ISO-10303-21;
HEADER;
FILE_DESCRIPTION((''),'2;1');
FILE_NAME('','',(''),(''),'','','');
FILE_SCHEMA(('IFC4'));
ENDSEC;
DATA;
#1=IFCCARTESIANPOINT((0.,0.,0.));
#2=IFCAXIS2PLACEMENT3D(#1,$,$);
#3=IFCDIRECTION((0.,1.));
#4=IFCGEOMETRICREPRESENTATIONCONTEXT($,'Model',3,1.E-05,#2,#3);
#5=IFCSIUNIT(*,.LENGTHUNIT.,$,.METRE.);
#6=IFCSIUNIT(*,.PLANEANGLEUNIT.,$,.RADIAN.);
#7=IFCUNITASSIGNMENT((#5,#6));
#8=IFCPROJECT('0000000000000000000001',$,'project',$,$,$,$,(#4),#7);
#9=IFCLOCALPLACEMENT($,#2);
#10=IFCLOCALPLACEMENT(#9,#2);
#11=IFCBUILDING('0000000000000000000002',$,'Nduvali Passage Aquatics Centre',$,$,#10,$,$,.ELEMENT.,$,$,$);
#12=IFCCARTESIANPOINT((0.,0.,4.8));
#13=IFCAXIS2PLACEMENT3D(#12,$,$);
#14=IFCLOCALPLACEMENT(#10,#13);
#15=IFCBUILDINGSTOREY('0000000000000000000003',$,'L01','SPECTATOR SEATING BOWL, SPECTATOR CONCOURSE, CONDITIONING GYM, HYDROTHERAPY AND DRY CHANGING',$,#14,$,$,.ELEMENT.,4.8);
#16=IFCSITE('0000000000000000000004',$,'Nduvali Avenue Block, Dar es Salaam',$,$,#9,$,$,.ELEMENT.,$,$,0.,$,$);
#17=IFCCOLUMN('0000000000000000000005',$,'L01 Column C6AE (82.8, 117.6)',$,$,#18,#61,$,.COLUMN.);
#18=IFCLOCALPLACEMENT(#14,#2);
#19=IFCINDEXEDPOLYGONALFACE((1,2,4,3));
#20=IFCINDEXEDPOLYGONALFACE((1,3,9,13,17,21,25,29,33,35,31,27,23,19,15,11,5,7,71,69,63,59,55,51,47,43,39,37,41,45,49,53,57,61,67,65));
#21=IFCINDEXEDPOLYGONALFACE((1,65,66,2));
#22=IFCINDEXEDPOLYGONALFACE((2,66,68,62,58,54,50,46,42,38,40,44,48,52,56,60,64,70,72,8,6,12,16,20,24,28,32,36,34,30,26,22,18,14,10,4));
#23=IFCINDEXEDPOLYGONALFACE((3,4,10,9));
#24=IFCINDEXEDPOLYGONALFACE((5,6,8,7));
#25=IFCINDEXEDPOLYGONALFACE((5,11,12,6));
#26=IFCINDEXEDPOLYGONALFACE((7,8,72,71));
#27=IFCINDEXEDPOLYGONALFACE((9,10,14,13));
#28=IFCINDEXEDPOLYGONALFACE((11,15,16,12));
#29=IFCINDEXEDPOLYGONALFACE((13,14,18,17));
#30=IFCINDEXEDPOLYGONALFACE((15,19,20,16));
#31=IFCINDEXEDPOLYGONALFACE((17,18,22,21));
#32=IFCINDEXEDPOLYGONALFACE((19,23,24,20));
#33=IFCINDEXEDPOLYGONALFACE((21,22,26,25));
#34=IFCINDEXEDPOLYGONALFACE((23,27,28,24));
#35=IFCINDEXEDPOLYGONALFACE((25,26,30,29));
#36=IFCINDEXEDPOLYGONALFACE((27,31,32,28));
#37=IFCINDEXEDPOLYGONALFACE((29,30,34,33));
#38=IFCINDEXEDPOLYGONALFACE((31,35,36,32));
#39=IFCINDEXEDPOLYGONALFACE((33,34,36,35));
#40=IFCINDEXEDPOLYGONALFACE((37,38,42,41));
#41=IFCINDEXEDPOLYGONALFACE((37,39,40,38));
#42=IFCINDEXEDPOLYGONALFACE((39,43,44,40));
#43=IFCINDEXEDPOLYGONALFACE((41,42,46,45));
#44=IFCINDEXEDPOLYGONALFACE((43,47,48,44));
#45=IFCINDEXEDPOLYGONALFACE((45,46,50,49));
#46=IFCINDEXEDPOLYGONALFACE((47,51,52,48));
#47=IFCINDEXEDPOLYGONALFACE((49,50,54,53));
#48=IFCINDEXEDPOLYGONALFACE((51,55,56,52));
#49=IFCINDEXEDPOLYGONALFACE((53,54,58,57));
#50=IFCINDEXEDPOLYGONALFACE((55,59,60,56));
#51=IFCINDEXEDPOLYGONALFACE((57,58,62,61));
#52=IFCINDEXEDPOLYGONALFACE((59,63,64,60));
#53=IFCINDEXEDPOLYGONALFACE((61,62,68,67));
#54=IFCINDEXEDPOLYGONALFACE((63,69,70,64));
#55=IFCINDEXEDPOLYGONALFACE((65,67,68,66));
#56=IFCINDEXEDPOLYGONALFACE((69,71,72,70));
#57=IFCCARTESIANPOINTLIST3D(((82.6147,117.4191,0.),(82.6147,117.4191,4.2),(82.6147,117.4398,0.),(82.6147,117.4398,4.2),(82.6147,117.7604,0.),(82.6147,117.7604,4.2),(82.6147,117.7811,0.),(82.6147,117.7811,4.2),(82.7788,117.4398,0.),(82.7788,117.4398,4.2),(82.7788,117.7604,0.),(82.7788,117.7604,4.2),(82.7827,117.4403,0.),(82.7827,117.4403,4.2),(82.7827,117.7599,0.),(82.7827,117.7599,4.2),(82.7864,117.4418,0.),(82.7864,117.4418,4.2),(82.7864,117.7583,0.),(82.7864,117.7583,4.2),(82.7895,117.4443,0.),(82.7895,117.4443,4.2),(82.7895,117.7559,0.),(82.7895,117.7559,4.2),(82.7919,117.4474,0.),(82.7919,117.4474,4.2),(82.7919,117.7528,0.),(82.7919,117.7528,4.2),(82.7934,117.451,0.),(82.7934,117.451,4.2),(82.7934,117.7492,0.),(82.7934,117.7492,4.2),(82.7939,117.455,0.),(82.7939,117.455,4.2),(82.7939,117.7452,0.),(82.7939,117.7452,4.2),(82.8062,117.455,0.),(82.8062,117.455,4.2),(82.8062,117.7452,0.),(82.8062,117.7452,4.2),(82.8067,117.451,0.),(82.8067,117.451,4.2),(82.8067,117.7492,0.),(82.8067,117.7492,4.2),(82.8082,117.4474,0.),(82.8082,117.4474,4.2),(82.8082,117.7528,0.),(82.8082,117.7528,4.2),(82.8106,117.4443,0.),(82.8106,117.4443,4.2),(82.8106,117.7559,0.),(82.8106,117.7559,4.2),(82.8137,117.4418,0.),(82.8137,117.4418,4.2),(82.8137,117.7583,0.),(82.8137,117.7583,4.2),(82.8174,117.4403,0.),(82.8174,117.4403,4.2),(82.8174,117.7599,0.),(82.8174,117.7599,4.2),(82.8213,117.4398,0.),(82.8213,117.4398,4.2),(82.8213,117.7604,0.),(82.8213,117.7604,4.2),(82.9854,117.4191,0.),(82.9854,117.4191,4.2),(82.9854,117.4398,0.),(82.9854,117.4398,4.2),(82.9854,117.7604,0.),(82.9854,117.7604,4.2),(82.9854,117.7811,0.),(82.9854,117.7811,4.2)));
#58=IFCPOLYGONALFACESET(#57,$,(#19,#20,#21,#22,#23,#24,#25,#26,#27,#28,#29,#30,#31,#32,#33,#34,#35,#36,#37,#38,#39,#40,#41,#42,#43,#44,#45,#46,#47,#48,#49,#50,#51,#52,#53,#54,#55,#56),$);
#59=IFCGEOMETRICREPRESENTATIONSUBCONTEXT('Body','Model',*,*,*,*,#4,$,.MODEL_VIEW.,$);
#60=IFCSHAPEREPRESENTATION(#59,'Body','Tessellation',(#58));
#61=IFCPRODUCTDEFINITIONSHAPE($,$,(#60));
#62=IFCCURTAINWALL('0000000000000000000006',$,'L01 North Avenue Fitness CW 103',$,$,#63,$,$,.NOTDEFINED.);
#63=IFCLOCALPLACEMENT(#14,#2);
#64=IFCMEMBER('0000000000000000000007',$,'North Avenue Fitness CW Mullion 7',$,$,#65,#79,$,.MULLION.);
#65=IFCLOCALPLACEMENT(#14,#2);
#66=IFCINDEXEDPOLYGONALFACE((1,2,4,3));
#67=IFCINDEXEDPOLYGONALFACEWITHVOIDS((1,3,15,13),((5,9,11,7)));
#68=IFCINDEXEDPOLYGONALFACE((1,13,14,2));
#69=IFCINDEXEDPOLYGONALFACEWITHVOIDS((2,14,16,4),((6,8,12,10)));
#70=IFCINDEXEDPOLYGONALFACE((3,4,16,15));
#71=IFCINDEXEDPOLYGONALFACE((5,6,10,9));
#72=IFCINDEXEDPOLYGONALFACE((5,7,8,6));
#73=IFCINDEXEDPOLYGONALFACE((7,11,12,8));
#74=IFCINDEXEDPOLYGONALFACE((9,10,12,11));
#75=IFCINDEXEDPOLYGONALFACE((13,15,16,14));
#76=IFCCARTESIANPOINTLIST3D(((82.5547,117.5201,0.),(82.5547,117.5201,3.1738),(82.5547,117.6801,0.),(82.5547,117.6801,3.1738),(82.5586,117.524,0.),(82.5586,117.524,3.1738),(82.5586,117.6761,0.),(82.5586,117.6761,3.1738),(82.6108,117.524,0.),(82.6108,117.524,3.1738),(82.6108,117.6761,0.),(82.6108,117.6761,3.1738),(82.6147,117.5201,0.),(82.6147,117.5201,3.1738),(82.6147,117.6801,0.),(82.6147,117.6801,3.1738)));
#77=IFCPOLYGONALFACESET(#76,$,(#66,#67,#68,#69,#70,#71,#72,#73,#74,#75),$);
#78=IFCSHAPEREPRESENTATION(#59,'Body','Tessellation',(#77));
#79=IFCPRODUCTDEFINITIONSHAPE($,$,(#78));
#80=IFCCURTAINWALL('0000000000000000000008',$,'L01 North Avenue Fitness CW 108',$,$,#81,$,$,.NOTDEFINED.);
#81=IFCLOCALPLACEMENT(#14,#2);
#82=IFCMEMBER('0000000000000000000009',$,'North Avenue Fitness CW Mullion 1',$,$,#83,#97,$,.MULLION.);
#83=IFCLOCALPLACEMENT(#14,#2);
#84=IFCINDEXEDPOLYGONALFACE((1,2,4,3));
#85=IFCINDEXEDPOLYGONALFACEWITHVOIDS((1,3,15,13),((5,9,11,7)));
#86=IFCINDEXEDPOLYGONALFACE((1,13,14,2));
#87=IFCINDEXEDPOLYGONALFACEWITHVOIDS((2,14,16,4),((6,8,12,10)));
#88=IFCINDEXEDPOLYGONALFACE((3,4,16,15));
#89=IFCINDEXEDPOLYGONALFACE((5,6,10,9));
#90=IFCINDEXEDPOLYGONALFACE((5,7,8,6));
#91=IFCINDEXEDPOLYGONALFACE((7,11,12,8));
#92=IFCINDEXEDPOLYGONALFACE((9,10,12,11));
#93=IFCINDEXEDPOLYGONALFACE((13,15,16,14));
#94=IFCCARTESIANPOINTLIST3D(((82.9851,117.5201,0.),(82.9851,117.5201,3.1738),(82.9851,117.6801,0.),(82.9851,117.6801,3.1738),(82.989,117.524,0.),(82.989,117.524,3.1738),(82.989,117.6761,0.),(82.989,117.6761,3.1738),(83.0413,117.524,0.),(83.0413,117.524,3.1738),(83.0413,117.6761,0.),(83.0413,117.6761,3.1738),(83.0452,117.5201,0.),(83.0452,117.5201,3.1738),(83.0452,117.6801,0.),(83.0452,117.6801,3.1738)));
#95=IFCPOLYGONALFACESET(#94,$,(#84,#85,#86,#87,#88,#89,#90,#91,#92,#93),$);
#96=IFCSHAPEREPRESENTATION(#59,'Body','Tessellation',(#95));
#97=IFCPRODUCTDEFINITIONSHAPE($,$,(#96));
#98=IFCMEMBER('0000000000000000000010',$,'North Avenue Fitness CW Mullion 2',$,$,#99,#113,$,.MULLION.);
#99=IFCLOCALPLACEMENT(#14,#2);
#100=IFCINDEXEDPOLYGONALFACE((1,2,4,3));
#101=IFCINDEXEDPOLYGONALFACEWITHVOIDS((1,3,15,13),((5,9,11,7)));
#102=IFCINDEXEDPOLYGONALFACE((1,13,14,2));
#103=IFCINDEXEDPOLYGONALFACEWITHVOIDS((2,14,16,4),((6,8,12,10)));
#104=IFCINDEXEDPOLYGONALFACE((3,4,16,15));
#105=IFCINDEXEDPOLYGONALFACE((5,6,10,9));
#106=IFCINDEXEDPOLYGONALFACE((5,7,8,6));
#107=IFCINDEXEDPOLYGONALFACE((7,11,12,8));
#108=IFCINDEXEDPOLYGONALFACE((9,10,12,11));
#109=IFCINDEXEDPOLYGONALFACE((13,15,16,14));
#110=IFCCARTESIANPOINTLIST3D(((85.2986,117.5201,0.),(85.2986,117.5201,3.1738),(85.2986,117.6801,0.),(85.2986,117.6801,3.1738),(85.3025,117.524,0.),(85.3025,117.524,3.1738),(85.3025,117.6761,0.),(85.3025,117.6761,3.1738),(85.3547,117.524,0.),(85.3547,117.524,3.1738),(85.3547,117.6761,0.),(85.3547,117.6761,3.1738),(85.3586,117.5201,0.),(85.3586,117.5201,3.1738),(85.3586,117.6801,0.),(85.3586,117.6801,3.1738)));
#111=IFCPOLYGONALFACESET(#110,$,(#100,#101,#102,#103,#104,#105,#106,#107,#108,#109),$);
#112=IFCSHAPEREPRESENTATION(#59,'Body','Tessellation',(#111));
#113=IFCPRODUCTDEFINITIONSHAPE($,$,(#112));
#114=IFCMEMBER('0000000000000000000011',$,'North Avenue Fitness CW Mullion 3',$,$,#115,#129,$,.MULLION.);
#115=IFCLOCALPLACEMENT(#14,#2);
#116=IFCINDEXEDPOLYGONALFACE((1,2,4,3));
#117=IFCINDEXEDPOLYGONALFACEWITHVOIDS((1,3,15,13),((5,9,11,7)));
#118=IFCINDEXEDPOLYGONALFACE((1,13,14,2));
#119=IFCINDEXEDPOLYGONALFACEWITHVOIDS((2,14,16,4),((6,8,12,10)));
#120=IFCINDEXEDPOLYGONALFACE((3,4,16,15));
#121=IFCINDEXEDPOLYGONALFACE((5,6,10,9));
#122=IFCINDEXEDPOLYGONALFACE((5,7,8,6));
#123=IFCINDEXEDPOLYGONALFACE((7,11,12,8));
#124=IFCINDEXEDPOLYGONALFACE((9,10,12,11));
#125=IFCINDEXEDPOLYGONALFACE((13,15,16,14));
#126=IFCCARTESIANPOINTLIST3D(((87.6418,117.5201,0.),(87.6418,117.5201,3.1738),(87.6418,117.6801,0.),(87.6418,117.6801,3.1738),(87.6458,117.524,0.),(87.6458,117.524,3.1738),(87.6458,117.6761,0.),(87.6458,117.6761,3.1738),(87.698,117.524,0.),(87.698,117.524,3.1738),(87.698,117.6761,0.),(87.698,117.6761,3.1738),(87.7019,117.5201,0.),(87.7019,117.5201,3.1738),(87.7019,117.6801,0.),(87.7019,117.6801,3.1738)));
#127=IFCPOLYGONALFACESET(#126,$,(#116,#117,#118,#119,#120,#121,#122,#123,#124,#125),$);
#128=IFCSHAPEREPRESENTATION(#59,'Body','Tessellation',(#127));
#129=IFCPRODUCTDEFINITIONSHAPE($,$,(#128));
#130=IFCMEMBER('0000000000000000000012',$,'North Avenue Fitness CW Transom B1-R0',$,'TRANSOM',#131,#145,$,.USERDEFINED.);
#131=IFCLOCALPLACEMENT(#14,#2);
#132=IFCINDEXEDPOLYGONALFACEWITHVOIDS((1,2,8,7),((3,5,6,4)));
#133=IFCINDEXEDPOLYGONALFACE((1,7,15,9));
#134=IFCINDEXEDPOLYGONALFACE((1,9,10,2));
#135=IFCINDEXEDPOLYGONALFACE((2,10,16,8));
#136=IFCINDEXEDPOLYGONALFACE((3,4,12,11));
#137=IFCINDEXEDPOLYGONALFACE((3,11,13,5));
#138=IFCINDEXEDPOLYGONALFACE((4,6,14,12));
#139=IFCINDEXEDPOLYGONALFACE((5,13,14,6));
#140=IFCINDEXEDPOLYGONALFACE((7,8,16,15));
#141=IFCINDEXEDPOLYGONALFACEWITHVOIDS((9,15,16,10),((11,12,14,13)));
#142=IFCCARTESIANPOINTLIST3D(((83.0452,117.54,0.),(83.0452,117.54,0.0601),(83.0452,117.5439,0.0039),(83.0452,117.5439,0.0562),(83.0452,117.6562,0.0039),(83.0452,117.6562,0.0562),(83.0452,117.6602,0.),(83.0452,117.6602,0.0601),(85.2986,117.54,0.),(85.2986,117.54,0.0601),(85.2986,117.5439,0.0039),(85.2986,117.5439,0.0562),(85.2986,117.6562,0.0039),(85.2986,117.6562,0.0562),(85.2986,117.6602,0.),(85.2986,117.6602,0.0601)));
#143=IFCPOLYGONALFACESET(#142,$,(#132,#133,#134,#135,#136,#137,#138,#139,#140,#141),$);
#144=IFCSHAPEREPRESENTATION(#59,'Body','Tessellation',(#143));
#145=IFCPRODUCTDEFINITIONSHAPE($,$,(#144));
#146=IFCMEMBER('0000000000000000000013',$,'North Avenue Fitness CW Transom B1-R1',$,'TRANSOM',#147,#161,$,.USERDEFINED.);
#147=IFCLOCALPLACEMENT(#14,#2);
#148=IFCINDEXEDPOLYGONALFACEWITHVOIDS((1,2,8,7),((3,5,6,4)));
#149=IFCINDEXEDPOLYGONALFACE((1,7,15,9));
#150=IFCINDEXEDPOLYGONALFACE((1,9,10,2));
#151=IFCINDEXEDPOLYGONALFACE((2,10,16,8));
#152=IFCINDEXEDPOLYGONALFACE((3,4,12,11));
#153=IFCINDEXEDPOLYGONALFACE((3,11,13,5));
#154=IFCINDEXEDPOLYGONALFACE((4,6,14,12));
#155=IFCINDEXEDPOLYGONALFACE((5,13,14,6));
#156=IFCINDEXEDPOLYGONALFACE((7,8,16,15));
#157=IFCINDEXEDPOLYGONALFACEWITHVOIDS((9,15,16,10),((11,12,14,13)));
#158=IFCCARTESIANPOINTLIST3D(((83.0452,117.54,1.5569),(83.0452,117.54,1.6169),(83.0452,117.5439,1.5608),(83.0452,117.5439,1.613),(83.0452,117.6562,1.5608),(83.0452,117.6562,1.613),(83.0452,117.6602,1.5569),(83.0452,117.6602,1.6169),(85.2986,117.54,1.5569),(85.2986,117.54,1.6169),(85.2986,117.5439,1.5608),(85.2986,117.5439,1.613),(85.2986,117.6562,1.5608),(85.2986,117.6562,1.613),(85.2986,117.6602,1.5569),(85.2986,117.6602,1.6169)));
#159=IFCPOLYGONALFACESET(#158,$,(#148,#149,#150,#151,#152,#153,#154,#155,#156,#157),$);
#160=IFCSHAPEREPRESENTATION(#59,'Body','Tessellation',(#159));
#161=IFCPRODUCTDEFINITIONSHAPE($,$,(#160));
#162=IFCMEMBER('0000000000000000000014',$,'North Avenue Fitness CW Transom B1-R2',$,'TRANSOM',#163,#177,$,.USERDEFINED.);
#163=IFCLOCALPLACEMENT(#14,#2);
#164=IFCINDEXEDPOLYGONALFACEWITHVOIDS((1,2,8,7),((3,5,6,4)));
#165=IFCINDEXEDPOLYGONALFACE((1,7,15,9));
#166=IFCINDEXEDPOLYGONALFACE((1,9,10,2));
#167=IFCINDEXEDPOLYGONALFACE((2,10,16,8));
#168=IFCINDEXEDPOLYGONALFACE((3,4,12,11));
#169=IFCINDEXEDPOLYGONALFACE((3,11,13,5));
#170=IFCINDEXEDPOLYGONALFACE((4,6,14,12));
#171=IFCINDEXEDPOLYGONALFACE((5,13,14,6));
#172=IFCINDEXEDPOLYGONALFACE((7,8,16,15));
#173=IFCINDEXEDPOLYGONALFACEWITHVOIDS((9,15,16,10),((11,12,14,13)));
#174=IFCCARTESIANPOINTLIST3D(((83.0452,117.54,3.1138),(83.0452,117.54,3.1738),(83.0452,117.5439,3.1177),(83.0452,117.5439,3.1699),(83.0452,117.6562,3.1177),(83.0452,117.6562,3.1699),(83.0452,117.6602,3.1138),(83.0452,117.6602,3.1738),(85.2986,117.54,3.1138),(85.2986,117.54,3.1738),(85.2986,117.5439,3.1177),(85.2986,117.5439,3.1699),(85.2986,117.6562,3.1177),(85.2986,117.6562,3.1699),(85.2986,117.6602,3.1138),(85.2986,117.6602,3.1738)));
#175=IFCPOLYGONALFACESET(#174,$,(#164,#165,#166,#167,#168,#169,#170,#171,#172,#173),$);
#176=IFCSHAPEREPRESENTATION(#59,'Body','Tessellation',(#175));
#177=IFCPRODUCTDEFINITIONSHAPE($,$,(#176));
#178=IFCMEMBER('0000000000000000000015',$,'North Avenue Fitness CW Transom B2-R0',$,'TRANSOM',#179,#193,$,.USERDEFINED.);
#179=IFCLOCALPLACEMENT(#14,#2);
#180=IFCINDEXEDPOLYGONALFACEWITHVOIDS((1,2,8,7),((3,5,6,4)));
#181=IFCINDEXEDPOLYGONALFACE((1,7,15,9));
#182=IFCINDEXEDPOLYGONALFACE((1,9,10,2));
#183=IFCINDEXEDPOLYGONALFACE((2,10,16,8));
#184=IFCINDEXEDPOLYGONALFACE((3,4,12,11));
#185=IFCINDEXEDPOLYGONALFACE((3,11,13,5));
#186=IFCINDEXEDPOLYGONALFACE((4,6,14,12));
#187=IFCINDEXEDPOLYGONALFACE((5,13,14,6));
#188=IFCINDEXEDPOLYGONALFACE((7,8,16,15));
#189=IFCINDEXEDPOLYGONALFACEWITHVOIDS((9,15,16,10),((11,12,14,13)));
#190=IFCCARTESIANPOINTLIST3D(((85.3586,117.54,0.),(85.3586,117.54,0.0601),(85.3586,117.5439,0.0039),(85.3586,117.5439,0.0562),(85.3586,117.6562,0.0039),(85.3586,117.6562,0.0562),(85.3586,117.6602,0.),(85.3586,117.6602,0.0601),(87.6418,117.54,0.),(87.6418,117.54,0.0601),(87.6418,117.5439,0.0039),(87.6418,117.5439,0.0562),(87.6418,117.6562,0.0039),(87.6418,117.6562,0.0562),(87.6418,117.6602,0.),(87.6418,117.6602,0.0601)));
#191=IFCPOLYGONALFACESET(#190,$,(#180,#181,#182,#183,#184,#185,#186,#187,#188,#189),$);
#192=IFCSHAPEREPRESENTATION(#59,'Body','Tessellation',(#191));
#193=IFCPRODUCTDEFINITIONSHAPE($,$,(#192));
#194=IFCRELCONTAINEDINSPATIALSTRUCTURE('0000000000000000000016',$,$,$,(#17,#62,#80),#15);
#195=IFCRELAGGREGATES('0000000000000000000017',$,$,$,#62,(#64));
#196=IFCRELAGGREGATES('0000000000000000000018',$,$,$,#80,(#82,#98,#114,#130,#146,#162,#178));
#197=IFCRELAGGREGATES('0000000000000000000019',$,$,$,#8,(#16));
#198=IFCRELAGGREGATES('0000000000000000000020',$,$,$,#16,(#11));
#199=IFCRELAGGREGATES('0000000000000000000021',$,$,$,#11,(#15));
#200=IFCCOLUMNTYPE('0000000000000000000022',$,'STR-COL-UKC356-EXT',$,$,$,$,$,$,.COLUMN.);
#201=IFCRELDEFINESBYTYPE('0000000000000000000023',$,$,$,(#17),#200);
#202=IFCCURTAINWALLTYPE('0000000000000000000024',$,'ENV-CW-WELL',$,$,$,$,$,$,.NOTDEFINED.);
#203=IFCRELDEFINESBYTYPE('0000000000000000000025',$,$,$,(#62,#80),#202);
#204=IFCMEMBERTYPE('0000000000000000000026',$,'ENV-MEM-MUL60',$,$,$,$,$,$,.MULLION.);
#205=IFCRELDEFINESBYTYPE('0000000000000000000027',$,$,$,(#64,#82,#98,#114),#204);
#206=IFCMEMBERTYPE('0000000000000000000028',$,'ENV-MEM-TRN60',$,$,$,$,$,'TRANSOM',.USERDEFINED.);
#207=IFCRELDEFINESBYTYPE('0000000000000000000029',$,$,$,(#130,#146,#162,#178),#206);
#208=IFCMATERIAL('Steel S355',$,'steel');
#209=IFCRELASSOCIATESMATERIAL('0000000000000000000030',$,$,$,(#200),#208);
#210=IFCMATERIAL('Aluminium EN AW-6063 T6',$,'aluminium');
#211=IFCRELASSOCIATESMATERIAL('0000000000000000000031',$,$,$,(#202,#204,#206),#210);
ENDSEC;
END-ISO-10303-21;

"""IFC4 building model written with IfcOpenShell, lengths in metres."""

from ifc_helpers import new_model, si_unit, direction, frame, origin, origin_2d, place, context, subcontext, project, spatial, hollow_rectangle, i_section, extrude, material, material_profile, profile_set, type_object, element, aggregate, save


model = new_model("IFC4")

# Units and contexts
model_context = context("Model", 3, precision=1e-05, world=origin(), true_north=direction((0.0, 1.0)))
body_context = subcontext(model_context, "Body", "Model", "MODEL_VIEW")
ifc_project = project(units=[si_unit("LENGTHUNIT", "METRE"), si_unit("PLANEANGLEUNIT", "RADIAN")], contexts=[model_context])

# Site, building, storey
site_placement = place(None, origin())
site = spatial("IfcSite", under=ifc_project, at=site_placement, Name="Nduvali Avenue Block, Dar es Salaam", CompositionType="ELEMENT", RefElevation=0.0)
building_placement = place(site_placement, origin())
building = spatial("IfcBuilding", under=site, at=building_placement, Name="Nduvali Passage Aquatics Centre", CompositionType="ELEMENT")
storey_placement = place(building_placement, frame((0.0, 0.0, 4.8)))
storey = spatial("IfcBuildingStorey", under=building, at=storey_placement, Name="L01", Description="SPECTATOR SEATING BOWL, SPECTATOR CONCOURSE, CONDITIONING GYM, HYDROTHERAPY AND DRY CHANGING", CompositionType="ELEMENT", Elevation=4.8)

# Column
ifc_material_1 = material(Name="Steel S355", Category="steel")
ifc_material_profile_1 = material_profile(ifc_material_1, i_section(OverallWidth=0.3706, OverallDepth=0.3621, WebThickness=0.0122, FlangeThickness=0.0208, FilletRadius=0.0151, at=origin_2d()), Name="UKC 356x368x153")
ifc_profile_set_1 = profile_set([ifc_material_profile_1], Name="Steel S355")
column_type = type_object("IfcColumnType", Name="STR-COL-UKC356-EXT", PredefinedType="COLUMN", material=ifc_profile_set_1)
column_placement = place(storey_placement, frame((82.8, 117.6001, 0.0), z_axis=(0.0, 0.0, 1.0), x_axis=(1.0, 0.0, 0.0)))
element("IfcColumn", 1, at=column_placement, inside=storey, type_object=column_type, Name="L01 Column C6AE (82.8, 117.6)", PredefinedType="COLUMN", context=body_context, shape_type="SweptSolid", body=[
    extrude(i_section(OverallWidth=0.3706, OverallDepth=0.3621, WebThickness=0.0122, FlangeThickness=0.0208, FilletRadius=0.0151, at=origin_2d()), origin(), (0.0, 0.0, 1.0), 4.2),
])

# Curtain wall, member
ifc_material_2 = material(Name="Aluminium EN AW-6063 T6", Category="aluminium")
curtain_wall_type = type_object("IfcCurtainWallType", Name="ENV-CW-WELL", PredefinedType="NOTDEFINED", material=ifc_material_2)
curtain_wall_1_placement = place(storey_placement, origin())
curtain_wall_1 = element("IfcCurtainWall", 2, at=curtain_wall_1_placement, inside=storey, type_object=curtain_wall_type, Name="L01 North Avenue Fitness CW 103", PredefinedType="NOTDEFINED")
ifc_material_profile_2 = material_profile(ifc_material_2, hollow_rectangle(XDim=0.0601, YDim=0.1599, WallThickness=0.0039, at=origin_2d()), Name="ALU MULLION 60x160x4")
ifc_profile_set_2 = profile_set([ifc_material_profile_2], Name="Aluminium EN AW-6063 T6")
member_type_1 = type_object("IfcMemberType", Name="ENV-MEM-MUL60", PredefinedType="MULLION", material=ifc_profile_set_2)
member_1_placement = place(storey_placement, frame((82.5847, 117.6001, 0.0), z_axis=(0.0, 0.0, 1.0), x_axis=(1.0, 0.0, 0.0)))
member_1 = element("IfcMember", 3, at=member_1_placement, type_object=member_type_1, Name="North Avenue Fitness CW Mullion 7", PredefinedType="MULLION", context=body_context, shape_type="SweptSolid", body=[
    extrude(hollow_rectangle(XDim=0.0601, YDim=0.1599, WallThickness=0.0039, at=origin_2d()), origin(), (0.0, 0.0, 1.0), 3.1738),
])
aggregate(curtain_wall_1, [member_1])

# Curtain wall, members
curtain_wall_2_placement = place(storey_placement, origin())
curtain_wall_2 = element("IfcCurtainWall", 4, at=curtain_wall_2_placement, inside=storey, type_object=curtain_wall_type, Name="L01 North Avenue Fitness CW 108", PredefinedType="NOTDEFINED")
member_2_placement = place(storey_placement, frame((83.0151, 117.6001, 0.0), z_axis=(0.0, 0.0, 1.0), x_axis=(1.0, 0.0, 0.0)))
member_2 = element("IfcMember", 5, at=member_2_placement, type_object=member_type_1, Name="North Avenue Fitness CW Mullion 1", PredefinedType="MULLION", context=body_context, shape_type="SweptSolid", body=[
    extrude(hollow_rectangle(XDim=0.0601, YDim=0.1599, WallThickness=0.0039, at=origin_2d()), origin(), (0.0, 0.0, 1.0), 3.1738),
])
member_3_placement = place(storey_placement, frame((85.3286, 117.6001, 0.0), z_axis=(0.0, 0.0, 1.0), x_axis=(1.0, 0.0, 0.0)))
member_3 = element("IfcMember", 6, at=member_3_placement, type_object=member_type_1, Name="North Avenue Fitness CW Mullion 2", PredefinedType="MULLION", context=body_context, shape_type="SweptSolid", body=[
    extrude(hollow_rectangle(XDim=0.0601, YDim=0.1599, WallThickness=0.0039, at=origin_2d()), origin(), (0.0, 0.0, 1.0), 3.1738),
])
member_4_placement = place(storey_placement, frame((87.6719, 117.6001, 0.0), z_axis=(0.0, 0.0, 1.0), x_axis=(1.0, 0.0, 0.0)))
member_4 = element("IfcMember", 7, at=member_4_placement, type_object=member_type_1, Name="North Avenue Fitness CW Mullion 3", PredefinedType="MULLION", context=body_context, shape_type="SweptSolid", body=[
    extrude(hollow_rectangle(XDim=0.0601, YDim=0.1599, WallThickness=0.0039, at=origin_2d()), origin(), (0.0, 0.0, 1.0), 3.1738),
])
ifc_material_profile_3 = material_profile(ifc_material_2, hollow_rectangle(XDim=0.1201, YDim=0.0601, WallThickness=0.0039, at=origin_2d()), Name="ALU TRANSOM 120x60x4")
ifc_profile_set_3 = profile_set([ifc_material_profile_3], Name="Aluminium EN AW-6063 T6")
member_type_2 = type_object("IfcMemberType", Name="ENV-MEM-TRN60", ElementType="TRANSOM", PredefinedType="USERDEFINED", material=ifc_profile_set_3)
member_5_placement = place(storey_placement, frame((83.0452, 117.6001, 0.03), z_axis=(1.0, 0.0, 0.0), x_axis=(0.0, 1.0, 0.0)))
member_5 = element("IfcMember", 8, at=member_5_placement, type_object=member_type_2, Name="North Avenue Fitness CW Transom B1-R0", ObjectType="TRANSOM", PredefinedType="USERDEFINED", context=body_context, shape_type="SweptSolid", body=[
    extrude(hollow_rectangle(XDim=0.1201, YDim=0.0601, WallThickness=0.0039, at=origin_2d()), origin(), (0.0, 0.0, 1.0), 2.2534),
])
member_6_placement = place(storey_placement, frame((83.0452, 117.6001, 1.5869), z_axis=(1.0, 0.0, 0.0), x_axis=(0.0, 1.0, 0.0)))
member_6 = element("IfcMember", 9, at=member_6_placement, type_object=member_type_2, Name="North Avenue Fitness CW Transom B1-R1", ObjectType="TRANSOM", PredefinedType="USERDEFINED", context=body_context, shape_type="SweptSolid", body=[
    extrude(hollow_rectangle(XDim=0.1201, YDim=0.0601, WallThickness=0.0039, at=origin_2d()), origin(), (0.0, 0.0, 1.0), 2.2534),
])
member_7_placement = place(storey_placement, frame((83.0452, 117.6001, 3.1438), z_axis=(1.0, 0.0, 0.0), x_axis=(0.0, 1.0, 0.0)))
member_7 = element("IfcMember", 10, at=member_7_placement, type_object=member_type_2, Name="North Avenue Fitness CW Transom B1-R2", ObjectType="TRANSOM", PredefinedType="USERDEFINED", context=body_context, shape_type="SweptSolid", body=[
    extrude(hollow_rectangle(XDim=0.1201, YDim=0.0601, WallThickness=0.0039, at=origin_2d()), origin(), (0.0, 0.0, 1.0), 2.2534),
])
member_8_placement = place(storey_placement, frame((85.3586, 117.6001, 0.03), z_axis=(1.0, 0.0, 0.0), x_axis=(0.0, 1.0, 0.0)))
member_8 = element("IfcMember", 11, at=member_8_placement, type_object=member_type_2, Name="North Avenue Fitness CW Transom B2-R0", ObjectType="TRANSOM", PredefinedType="USERDEFINED", context=body_context, shape_type="SweptSolid", body=[
    extrude(hollow_rectangle(XDim=0.1201, YDim=0.0601, WallThickness=0.0039, at=origin_2d()), origin(), (0.0, 0.0, 1.0), 2.2832),
])

aggregate(curtain_wall_2, [member_2, member_3, member_4, member_5, member_6, member_7, member_8])

save(model, "model.ifc")
